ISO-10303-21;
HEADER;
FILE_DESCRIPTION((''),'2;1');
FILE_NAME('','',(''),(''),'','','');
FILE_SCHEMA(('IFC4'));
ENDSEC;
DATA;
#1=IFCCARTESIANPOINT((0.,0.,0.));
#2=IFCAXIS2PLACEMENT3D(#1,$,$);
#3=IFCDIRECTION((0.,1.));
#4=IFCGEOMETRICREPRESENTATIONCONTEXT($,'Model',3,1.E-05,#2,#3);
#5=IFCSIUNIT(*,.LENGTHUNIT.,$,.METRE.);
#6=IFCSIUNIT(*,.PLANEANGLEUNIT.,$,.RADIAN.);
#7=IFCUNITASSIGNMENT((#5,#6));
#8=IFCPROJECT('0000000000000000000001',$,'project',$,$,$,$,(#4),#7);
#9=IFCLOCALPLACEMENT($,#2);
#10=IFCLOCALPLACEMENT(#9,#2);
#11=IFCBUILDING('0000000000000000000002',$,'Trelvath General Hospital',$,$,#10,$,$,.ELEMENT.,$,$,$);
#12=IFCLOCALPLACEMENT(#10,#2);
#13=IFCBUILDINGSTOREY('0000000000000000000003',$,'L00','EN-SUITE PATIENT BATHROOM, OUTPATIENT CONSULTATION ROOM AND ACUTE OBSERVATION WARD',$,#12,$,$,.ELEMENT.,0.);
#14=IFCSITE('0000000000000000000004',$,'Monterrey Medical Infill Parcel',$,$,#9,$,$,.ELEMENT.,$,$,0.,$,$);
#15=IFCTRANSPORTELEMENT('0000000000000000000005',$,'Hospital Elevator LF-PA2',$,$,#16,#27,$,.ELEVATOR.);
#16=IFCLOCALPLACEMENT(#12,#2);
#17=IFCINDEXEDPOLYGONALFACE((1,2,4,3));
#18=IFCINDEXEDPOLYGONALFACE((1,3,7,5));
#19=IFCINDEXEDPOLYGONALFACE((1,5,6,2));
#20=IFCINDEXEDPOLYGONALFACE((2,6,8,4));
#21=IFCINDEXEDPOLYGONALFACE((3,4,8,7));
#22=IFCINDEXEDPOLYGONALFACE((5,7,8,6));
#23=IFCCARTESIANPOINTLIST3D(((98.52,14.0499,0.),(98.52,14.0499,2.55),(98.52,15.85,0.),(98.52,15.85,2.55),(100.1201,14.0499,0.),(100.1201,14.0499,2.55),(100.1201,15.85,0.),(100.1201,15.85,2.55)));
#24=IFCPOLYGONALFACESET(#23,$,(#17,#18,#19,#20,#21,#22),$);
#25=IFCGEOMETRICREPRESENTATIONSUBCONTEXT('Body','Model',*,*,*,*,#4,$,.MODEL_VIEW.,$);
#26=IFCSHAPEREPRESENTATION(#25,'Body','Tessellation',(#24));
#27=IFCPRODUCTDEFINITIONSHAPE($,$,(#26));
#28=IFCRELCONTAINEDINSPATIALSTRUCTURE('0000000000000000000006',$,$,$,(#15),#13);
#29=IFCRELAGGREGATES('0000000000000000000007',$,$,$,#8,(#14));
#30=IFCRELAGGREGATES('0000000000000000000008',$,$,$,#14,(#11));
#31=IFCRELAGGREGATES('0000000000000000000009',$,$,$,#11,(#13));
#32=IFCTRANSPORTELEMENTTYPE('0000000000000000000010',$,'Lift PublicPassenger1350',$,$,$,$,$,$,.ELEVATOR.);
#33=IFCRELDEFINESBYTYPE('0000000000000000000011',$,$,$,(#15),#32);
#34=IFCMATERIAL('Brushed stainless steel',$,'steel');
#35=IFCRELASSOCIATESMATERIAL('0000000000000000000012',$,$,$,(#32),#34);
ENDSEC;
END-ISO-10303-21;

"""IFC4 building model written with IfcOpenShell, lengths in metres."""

from ifc_helpers import new_model, si_unit, direction, frame, origin, origin_2d, place, context, subcontext, project, spatial, rectangle, extrude, material, type_object, element, save


model = new_model("IFC4")

# Units and contexts
model_context = context("Model", 3, precision=1e-05, world=origin(), true_north=direction((0.0, 1.0)))
body_context = subcontext(model_context, "Body", "Model", "MODEL_VIEW")
ifc_project = project(units=[si_unit("LENGTHUNIT", "METRE"), si_unit("PLANEANGLEUNIT", "RADIAN")], contexts=[model_context])

# Site, building, storey
site_placement = place(None, origin())
site = spatial("IfcSite", under=ifc_project, at=site_placement, Name="Monterrey Medical Infill Parcel", CompositionType="ELEMENT", RefElevation=0.0)
building_placement = place(site_placement, origin())
building = spatial("IfcBuilding", under=site, at=building_placement, Name="Trelvath General Hospital", CompositionType="ELEMENT")
storey_placement = place(building_placement, origin())
storey = spatial("IfcBuildingStorey", under=building, at=storey_placement, Name="L00", Description="EN-SUITE PATIENT BATHROOM, OUTPATIENT CONSULTATION ROOM AND ACUTE OBSERVATION WARD", CompositionType="ELEMENT", Elevation=0.0)

# Transport element
ifc_material_1 = material(Name="Brushed stainless steel", Category="steel")
transport_element_type_1 = type_object("IfcTransportElementType", Name="Lift PublicPassenger1350", PredefinedType="ELEVATOR", material=ifc_material_1)
transport_element_1_placement = place(storey_placement, frame((99.3201, 14.95, 0.0), z_axis=(0.0, 0.0, 1.0), x_axis=(1.0, 0.0, 0.0)))
element("IfcTransportElement", 1, at=transport_element_1_placement, inside=storey, type_object=transport_element_type_1, Name="Hospital Elevator LF-PA2", PredefinedType="ELEVATOR", context=body_context, shape_type="SweptSolid", body=[
    extrude(rectangle(XDim=1.6001, YDim=1.8, at=origin_2d()), origin(), (0.0, 0.0, 1.0), 2.55),
])

save(model, "model.ifc")
